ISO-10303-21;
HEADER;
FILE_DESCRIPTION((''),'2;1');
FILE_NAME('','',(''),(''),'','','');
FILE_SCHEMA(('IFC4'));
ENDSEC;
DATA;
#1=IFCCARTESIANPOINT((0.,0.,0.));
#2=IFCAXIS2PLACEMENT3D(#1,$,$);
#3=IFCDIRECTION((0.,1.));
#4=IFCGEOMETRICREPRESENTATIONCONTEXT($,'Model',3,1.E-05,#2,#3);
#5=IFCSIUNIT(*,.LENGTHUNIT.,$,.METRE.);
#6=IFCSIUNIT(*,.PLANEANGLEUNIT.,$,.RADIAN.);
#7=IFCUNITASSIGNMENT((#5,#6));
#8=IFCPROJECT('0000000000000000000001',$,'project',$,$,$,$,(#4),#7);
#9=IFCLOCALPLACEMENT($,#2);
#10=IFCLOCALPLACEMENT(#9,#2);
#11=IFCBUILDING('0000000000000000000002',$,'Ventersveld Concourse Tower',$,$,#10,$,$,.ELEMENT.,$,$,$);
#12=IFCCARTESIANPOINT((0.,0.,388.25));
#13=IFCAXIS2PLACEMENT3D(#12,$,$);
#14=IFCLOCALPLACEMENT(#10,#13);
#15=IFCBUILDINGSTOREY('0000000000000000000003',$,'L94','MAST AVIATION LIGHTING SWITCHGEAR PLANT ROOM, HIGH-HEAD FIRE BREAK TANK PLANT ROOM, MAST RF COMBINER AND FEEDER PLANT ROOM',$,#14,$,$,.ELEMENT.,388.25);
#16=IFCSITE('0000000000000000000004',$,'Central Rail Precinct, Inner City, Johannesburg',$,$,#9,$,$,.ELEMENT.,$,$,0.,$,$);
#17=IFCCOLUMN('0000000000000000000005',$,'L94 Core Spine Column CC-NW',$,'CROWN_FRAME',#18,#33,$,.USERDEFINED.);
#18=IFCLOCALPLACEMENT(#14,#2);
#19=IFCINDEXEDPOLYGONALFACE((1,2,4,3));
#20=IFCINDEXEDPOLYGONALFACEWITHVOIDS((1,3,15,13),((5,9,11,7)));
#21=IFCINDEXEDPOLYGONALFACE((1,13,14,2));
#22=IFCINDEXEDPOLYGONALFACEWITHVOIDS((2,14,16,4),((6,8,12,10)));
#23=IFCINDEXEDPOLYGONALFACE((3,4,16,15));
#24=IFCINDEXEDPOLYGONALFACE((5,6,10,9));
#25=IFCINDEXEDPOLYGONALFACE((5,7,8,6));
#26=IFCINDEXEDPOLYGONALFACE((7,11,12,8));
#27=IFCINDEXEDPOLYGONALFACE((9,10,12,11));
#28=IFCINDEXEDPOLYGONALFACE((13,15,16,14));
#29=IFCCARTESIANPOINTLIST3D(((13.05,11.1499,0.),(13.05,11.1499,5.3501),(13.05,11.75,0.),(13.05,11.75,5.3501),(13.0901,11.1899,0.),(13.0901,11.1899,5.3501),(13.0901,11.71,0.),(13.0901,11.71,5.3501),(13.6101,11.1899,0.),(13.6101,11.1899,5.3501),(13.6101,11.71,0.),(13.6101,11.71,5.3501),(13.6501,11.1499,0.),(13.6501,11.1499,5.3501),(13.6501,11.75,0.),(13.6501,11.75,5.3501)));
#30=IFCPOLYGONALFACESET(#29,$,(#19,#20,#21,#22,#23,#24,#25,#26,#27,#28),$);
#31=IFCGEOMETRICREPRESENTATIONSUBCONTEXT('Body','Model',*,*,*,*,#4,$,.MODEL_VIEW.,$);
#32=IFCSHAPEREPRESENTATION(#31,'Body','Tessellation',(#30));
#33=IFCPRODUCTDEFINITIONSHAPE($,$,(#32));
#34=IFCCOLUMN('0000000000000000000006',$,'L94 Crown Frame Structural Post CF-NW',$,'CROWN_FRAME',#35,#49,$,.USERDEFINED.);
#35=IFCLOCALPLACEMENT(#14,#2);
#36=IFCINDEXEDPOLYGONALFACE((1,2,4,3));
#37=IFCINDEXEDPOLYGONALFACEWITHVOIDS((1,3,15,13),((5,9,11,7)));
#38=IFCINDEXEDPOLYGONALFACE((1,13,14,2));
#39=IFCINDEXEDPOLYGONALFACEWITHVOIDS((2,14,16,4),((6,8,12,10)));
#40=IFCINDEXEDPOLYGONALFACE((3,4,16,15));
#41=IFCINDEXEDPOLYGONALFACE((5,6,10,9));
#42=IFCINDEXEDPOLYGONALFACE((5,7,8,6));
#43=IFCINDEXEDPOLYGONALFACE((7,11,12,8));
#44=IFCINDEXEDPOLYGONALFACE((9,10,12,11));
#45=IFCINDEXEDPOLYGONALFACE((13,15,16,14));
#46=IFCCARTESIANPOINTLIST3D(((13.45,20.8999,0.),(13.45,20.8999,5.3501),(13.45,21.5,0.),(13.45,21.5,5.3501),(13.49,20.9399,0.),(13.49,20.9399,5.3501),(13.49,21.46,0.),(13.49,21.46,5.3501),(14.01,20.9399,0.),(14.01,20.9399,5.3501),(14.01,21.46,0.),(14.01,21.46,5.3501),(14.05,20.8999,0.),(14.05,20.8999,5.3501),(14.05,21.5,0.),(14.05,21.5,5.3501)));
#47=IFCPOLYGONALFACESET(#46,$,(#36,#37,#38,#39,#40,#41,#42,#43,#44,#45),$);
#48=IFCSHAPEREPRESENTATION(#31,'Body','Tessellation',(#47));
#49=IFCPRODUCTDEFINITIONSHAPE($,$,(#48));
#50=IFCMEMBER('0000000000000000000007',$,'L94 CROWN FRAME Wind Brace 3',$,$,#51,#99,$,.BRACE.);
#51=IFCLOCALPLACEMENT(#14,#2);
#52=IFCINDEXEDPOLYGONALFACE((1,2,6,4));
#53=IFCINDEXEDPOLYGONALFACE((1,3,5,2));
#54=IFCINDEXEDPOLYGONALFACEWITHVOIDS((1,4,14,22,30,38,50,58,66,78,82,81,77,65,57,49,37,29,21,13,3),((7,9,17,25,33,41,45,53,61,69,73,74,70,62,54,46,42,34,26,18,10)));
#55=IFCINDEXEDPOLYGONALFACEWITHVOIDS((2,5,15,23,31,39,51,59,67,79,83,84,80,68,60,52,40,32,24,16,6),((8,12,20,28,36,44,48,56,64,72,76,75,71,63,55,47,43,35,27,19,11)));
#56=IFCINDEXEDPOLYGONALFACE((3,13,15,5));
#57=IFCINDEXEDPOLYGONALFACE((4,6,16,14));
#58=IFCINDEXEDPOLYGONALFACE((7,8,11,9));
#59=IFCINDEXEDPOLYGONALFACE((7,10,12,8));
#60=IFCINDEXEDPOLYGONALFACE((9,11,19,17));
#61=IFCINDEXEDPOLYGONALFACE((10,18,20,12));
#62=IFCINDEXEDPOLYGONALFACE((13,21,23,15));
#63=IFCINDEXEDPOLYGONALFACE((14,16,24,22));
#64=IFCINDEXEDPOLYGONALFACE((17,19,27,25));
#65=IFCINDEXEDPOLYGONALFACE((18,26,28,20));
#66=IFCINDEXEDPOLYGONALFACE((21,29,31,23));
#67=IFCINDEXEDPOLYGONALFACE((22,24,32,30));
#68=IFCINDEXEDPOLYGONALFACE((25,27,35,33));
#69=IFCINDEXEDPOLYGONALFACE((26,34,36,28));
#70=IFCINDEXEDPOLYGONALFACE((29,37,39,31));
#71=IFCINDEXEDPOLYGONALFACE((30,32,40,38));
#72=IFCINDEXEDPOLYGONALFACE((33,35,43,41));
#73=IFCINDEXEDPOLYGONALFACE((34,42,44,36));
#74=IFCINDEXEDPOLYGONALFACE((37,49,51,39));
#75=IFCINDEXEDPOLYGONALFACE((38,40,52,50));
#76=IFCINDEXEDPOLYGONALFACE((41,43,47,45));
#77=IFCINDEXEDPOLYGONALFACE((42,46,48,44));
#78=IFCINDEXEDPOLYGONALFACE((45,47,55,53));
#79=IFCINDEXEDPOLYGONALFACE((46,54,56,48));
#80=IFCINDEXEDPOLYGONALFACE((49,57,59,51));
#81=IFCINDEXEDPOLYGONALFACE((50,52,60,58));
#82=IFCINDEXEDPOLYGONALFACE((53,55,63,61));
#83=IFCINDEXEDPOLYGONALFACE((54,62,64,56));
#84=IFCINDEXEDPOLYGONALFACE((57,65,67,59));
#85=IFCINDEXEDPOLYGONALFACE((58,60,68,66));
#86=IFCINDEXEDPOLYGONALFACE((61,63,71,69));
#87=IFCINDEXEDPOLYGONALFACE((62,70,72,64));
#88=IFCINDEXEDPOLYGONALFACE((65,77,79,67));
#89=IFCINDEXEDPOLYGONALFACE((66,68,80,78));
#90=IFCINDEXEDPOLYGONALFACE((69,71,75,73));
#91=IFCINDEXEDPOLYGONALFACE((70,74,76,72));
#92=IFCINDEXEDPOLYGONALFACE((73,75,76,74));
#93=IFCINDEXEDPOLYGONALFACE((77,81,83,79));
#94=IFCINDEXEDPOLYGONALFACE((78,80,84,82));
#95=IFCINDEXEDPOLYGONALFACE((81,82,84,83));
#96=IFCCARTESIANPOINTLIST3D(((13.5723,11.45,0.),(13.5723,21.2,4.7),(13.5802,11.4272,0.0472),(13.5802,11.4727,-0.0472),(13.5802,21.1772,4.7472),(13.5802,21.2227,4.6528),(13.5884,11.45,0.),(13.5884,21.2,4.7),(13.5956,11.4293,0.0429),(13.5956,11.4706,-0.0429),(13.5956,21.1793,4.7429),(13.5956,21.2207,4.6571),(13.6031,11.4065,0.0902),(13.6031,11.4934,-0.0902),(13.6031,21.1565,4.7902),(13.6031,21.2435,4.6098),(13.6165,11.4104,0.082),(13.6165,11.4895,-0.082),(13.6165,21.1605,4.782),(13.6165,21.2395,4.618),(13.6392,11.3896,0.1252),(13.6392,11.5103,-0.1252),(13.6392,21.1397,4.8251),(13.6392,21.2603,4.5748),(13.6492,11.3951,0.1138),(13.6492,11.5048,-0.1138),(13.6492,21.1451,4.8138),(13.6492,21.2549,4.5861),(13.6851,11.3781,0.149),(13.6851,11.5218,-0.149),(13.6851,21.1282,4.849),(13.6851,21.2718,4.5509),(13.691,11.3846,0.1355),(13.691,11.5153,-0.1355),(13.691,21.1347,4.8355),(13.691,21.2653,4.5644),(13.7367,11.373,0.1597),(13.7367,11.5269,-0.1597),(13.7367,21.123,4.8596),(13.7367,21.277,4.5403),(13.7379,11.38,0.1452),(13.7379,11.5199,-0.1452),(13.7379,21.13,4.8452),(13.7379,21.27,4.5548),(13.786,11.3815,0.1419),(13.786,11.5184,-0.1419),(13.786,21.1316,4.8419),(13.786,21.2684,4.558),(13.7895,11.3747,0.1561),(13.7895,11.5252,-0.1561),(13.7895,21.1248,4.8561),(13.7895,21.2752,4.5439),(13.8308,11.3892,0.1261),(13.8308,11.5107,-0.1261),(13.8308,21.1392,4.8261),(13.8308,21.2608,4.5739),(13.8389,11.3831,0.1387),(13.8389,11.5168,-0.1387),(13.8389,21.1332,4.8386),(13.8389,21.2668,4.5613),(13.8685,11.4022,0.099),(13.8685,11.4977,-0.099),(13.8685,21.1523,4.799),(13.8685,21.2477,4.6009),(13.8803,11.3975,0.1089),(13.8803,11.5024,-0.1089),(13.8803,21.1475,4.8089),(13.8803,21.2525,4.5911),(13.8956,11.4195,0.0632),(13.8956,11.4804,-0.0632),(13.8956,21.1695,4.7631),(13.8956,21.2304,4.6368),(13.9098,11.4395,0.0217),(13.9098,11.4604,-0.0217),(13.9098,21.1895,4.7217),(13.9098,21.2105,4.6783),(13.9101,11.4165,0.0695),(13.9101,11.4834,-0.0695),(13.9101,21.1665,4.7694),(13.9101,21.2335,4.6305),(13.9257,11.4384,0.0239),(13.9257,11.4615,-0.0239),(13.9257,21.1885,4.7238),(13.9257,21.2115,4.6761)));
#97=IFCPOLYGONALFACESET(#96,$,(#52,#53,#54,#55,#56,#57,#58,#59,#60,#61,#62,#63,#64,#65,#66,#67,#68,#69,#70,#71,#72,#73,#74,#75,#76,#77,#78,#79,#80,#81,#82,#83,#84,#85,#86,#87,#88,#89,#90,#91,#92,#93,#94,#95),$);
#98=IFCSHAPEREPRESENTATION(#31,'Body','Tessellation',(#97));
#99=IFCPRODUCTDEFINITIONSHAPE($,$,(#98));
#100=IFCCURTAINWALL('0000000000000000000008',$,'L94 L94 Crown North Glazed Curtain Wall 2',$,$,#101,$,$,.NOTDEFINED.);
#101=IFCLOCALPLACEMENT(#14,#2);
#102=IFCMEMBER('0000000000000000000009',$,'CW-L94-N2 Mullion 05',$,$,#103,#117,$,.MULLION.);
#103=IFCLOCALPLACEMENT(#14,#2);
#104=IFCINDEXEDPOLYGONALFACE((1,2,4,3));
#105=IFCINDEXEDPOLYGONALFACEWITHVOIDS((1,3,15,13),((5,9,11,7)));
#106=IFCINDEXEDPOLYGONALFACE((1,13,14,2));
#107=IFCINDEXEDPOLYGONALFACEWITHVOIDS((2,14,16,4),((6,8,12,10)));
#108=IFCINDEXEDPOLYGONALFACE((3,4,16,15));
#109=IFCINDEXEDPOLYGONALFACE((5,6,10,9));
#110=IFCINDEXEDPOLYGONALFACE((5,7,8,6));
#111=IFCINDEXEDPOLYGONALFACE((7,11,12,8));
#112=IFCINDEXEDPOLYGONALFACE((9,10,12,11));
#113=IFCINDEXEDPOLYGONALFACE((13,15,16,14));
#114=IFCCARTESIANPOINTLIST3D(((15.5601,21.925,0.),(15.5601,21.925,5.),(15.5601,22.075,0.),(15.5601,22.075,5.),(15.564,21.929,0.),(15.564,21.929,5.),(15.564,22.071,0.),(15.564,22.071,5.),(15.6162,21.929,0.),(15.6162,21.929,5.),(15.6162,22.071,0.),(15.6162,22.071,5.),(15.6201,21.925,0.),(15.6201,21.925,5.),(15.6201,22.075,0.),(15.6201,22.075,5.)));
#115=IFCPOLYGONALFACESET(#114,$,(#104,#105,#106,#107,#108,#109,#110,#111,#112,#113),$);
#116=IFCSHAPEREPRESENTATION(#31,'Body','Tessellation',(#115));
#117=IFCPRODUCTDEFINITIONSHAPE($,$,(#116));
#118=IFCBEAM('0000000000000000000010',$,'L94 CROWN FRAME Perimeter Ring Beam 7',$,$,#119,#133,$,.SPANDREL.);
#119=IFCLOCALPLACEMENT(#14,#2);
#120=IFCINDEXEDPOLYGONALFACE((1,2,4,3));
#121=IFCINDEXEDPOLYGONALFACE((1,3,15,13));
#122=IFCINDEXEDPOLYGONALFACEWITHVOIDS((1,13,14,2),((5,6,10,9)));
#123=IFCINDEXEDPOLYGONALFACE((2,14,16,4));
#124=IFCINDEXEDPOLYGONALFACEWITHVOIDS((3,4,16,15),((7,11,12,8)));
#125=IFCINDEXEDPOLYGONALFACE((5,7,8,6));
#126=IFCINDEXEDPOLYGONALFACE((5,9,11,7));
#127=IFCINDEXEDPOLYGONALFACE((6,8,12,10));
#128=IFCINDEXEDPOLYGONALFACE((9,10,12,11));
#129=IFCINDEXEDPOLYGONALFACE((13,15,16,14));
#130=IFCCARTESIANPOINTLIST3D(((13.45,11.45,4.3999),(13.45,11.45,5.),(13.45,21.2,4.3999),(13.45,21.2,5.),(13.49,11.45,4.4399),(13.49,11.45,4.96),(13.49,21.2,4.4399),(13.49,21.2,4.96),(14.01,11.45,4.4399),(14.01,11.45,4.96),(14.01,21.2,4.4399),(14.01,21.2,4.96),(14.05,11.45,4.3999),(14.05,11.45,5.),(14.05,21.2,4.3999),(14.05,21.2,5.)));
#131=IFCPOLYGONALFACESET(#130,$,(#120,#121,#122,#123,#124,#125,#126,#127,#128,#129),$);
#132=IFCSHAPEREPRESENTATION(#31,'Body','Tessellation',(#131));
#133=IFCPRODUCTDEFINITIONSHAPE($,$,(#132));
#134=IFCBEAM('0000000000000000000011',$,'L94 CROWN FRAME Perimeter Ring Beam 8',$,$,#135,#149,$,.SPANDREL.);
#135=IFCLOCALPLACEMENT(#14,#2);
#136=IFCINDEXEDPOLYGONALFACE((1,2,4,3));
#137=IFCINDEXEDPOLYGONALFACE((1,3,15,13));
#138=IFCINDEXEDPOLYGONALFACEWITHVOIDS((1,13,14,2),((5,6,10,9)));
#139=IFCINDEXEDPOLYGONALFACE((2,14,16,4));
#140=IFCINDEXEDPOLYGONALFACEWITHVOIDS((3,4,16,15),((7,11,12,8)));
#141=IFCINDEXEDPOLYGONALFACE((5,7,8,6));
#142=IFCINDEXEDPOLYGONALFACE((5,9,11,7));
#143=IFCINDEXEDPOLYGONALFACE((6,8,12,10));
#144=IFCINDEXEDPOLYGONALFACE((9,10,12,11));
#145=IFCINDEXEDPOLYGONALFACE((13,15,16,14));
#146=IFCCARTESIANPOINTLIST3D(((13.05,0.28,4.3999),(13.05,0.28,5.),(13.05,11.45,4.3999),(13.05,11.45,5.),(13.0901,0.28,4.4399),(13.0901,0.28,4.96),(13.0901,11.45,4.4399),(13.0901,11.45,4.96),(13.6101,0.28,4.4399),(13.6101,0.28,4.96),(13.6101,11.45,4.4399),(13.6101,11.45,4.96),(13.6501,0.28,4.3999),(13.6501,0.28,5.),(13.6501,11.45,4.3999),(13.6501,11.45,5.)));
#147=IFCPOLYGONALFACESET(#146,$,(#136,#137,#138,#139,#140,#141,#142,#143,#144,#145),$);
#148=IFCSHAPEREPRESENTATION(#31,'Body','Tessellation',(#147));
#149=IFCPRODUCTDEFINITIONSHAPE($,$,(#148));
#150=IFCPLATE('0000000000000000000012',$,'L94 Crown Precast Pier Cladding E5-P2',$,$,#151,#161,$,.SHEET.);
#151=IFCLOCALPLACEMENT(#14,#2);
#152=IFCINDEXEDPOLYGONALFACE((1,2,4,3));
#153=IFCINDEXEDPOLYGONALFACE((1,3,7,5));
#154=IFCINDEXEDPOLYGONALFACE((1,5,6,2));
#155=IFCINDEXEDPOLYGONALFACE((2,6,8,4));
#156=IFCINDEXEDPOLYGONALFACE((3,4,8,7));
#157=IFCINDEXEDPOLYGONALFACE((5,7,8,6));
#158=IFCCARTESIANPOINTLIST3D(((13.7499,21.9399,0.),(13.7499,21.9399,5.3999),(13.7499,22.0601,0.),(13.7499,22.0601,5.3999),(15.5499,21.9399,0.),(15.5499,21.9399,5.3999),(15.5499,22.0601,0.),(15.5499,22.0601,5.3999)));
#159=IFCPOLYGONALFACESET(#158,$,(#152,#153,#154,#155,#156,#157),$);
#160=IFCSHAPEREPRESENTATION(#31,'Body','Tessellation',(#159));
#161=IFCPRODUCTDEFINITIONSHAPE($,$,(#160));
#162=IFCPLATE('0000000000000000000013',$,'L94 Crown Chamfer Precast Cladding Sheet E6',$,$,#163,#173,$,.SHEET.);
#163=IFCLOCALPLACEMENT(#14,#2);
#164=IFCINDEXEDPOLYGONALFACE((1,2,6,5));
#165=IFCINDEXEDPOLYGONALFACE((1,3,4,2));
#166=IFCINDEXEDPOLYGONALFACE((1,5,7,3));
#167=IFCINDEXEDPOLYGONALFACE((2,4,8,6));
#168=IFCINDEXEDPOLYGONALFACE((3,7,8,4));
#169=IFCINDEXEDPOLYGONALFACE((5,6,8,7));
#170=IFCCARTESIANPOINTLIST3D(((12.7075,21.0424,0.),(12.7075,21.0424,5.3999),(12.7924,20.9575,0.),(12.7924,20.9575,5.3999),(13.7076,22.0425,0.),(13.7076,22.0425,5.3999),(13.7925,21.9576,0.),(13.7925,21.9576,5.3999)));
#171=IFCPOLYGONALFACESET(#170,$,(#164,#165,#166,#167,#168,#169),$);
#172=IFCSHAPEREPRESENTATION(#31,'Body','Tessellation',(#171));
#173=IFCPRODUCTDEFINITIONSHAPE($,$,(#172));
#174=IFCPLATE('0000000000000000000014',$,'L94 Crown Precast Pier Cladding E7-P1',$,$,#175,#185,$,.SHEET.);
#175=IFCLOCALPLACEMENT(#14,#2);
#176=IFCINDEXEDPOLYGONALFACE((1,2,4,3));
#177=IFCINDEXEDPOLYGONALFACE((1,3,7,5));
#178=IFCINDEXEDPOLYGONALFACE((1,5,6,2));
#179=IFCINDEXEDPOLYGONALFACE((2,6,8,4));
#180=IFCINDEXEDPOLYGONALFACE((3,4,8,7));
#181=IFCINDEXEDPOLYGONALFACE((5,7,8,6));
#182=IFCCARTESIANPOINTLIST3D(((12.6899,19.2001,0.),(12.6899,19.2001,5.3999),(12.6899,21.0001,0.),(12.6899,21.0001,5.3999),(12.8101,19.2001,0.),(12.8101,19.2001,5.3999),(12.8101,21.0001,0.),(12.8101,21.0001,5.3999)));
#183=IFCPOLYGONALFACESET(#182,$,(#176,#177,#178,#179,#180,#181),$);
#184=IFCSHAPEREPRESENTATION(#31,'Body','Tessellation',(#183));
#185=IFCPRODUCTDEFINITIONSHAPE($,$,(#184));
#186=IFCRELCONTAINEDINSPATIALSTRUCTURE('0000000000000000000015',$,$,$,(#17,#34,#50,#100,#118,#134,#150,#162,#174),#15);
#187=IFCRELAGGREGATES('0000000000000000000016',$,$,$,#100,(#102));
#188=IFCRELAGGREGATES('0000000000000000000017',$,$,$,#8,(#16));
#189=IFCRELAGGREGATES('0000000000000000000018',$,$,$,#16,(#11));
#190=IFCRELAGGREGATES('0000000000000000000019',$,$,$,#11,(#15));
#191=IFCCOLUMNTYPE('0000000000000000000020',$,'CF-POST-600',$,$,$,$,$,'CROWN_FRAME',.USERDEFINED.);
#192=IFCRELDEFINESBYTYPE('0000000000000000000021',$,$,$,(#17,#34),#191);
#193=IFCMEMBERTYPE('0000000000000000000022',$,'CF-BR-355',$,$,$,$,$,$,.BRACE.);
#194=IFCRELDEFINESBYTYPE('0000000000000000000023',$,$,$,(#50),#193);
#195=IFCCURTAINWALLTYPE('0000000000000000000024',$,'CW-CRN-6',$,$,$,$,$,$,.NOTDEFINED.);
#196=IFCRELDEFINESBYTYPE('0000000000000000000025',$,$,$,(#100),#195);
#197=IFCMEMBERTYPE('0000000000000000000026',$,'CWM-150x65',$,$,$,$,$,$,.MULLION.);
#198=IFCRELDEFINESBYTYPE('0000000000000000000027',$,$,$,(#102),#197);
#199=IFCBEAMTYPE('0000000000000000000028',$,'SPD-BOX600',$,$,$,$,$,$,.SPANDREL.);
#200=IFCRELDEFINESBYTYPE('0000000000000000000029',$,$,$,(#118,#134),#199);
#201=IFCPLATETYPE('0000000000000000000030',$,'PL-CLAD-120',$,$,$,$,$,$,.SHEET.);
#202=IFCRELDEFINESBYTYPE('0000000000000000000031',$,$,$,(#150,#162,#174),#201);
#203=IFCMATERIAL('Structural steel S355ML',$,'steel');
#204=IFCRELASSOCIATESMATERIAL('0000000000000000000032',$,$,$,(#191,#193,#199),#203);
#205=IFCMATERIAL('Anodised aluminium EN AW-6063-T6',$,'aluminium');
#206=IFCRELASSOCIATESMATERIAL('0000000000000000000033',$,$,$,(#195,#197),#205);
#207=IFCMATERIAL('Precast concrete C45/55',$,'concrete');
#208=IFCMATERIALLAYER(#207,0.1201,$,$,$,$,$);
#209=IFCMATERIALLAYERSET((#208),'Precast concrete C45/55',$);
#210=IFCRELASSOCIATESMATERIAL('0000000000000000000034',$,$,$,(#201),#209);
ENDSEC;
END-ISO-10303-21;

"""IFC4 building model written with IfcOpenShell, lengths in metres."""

from ifc_helpers import new_model, si_unit, direction, frame, origin, origin_2d, place, context, subcontext, project, spatial, rectangle, hollow_rectangle, hollow_circle, extrude, material, layer, layer_set, material_profile, profile_set, type_object, element, aggregate, save


model = new_model("IFC4")

# Units and contexts
model_context = context("Model", 3, precision=1e-05, world=origin(), true_north=direction((0.0, 1.0)))
body_context = subcontext(model_context, "Body", "Model", "MODEL_VIEW")
ifc_project = project(units=[si_unit("LENGTHUNIT", "METRE"), si_unit("PLANEANGLEUNIT", "RADIAN")], contexts=[model_context])

# Site, building, storey
site_placement = place(None, origin())
site = spatial("IfcSite", under=ifc_project, at=site_placement, Name="Central Rail Precinct, Inner City, Johannesburg", CompositionType="ELEMENT", RefElevation=0.0)
building_placement = place(site_placement, origin())
building = spatial("IfcBuilding", under=site, at=building_placement, Name="Ventersveld Concourse Tower", CompositionType="ELEMENT")
storey_placement = place(building_placement, frame((0.0, 0.0, 388.25)))
storey = spatial("IfcBuildingStorey", under=building, at=storey_placement, Name="L94", Description="MAST AVIATION LIGHTING SWITCHGEAR PLANT ROOM, HIGH-HEAD FIRE BREAK TANK PLANT ROOM, MAST RF COMBINER AND FEEDER PLANT ROOM", CompositionType="ELEMENT", Elevation=388.25)

# Columns
ifc_material_1 = material(Name="Structural steel S355ML", Category="steel")
ifc_material_profile_1 = material_profile(ifc_material_1, hollow_rectangle(XDim=0.6001, YDim=0.6001, WallThickness=0.04, at=origin_2d()), Name="BOX 600x600x40")
ifc_profile_set_1 = profile_set([ifc_material_profile_1], Name="Structural steel S355ML")
column_type = type_object("IfcColumnType", Name="CF-POST-600", ElementType="CROWN_FRAME", PredefinedType="USERDEFINED", material=ifc_profile_set_1)
for number, where, z_axis, x_axis, name in (
    (1, (13.3501, 11.45, 0.0), (0.0, 0.0, 1.0), (1.0, 0.0, 0.0), "L94 Core Spine Column CC-NW"),
    (2, (13.75, 21.2, 0.0), (0.0, 0.0, 1.0), (1.0, 0.0, 0.0), "L94 Crown Frame Structural Post CF-NW"),
):
    element("IfcColumn", number, at=place(storey_placement, frame(where, z_axis=z_axis, x_axis=x_axis)), inside=storey, type_object=column_type, Name=name, ObjectType="CROWN_FRAME", PredefinedType="USERDEFINED", context=body_context, shape_type="SweptSolid", body=[
        extrude(hollow_rectangle(XDim=0.6001, YDim=0.6001, WallThickness=0.04, at=origin_2d()), origin(), (0.0, 0.0, 1.0), 5.3501),
    ])

# Member
ifc_material_profile_2 = material_profile(ifc_material_1, hollow_circle(Radius=0.1777, WallThickness=0.0161, at=origin_2d()), Name="CHS 355.6x16")
ifc_profile_set_2 = profile_set([ifc_material_profile_2], Name="Structural steel S355ML")
member_type_1 = type_object("IfcMemberType", Name="CF-BR-355", PredefinedType="BRACE", material=ifc_profile_set_2)
member_1_placement = place(storey_placement, frame((13.75, 11.45, 0.0), z_axis=(0.0, 0.900803, 0.434229), x_axis=(-1.0, 0.0, 0.0)))
element("IfcMember", 3, at=member_1_placement, inside=storey, type_object=member_type_1, Name="L94 CROWN FRAME Wind Brace 3", PredefinedType="BRACE", context=body_context, shape_type="SweptSolid", body=[
    extrude(hollow_circle(Radius=0.1777, WallThickness=0.0161, at=origin_2d()), origin(), (0.0, 0.0, 1.0), 10.8237),
])

# Curtain wall, member
ifc_material_2 = material(Name="Anodised aluminium EN AW-6063-T6", Category="aluminium")
curtain_wall_type = type_object("IfcCurtainWallType", Name="CW-CRN-6", PredefinedType="NOTDEFINED", material=ifc_material_2)
curtain_wall_placement = place(storey_placement, origin())
curtain_wall = element("IfcCurtainWall", 4, at=curtain_wall_placement, inside=storey, type_object=curtain_wall_type, Name="L94 L94 Crown North Glazed Curtain Wall 2", PredefinedType="NOTDEFINED")
ifc_material_profile_3 = material_profile(ifc_material_2, hollow_rectangle(XDim=0.0601, YDim=0.1499, WallThickness=0.0039, at=origin_2d()), Name="ALU 150x60x4")
ifc_profile_set_3 = profile_set([ifc_material_profile_3], Name="Anodised aluminium EN AW-6063-T6")
member_type_2 = type_object("IfcMemberType", Name="CWM-150x65", PredefinedType="MULLION", material=ifc_profile_set_3)
member_2_placement = place(storey_placement, frame((15.5901, 22.0, 0.0), z_axis=(0.0, 0.0, 1.0), x_axis=(1.0, 0.0, 0.0)))
member_2 = element("IfcMember", 5, at=member_2_placement, type_object=member_type_2, Name="CW-L94-N2 Mullion 05", PredefinedType="MULLION", context=body_context, shape_type="SweptSolid", body=[
    extrude(hollow_rectangle(XDim=0.0601, YDim=0.1499, WallThickness=0.0039, at=origin_2d()), origin(), (0.0, 0.0, 1.0), 5.0),
])
aggregate(curtain_wall, [member_2])

# Beams
ifc_material_profile_4 = material_profile(ifc_material_1, hollow_rectangle(XDim=0.6001, YDim=0.6001, WallThickness=0.04, at=origin_2d()), Name="BOX 600x600x40")
ifc_profile_set_4 = profile_set([ifc_material_profile_4], Name="Structural steel S355ML")
beam_type = type_object("IfcBeamType", Name="SPD-BOX600", PredefinedType="SPANDREL", material=ifc_profile_set_4)
beam_1_placement = place(storey_placement, frame((13.75, 21.2, 4.7), z_axis=(0.0, -1.0, 0.0), x_axis=(1.0, 0.0, 0.0)))
element("IfcBeam", 6, at=beam_1_placement, inside=storey, type_object=beam_type, Name="L94 CROWN FRAME Perimeter Ring Beam 7", PredefinedType="SPANDREL", context=body_context, shape_type="SweptSolid", body=[
    extrude(hollow_rectangle(XDim=0.6001, YDim=0.6001, WallThickness=0.04, at=origin_2d()), origin(), (0.0, 0.0, 1.0), 9.75),
])
beam_2_placement = place(storey_placement, frame((13.3501, 11.45, 4.7), z_axis=(0.0, -1.0, 0.0), x_axis=(1.0, 0.0, 0.0)))
element("IfcBeam", 7, at=beam_2_placement, inside=storey, type_object=beam_type, Name="L94 CROWN FRAME Perimeter Ring Beam 8", PredefinedType="SPANDREL", context=body_context, shape_type="SweptSolid", body=[
    extrude(hollow_rectangle(XDim=0.6001, YDim=0.6001, WallThickness=0.04, at=origin_2d()), origin(), (0.0, 0.0, 1.0), 11.1699),
])

# Plates
ifc_material_3 = material(Name="Precast concrete C45/55", Category="concrete")
ifc_layer_1 = layer(ifc_material_3, 0.1201)
ifc_layer_set_1 = layer_set([ifc_layer_1], Name="Precast concrete C45/55")
plate_type_1 = type_object("IfcPlateType", Name="PL-CLAD-120", PredefinedType="SHEET", material=ifc_layer_set_1)
plate_1_placement = place(storey_placement, frame((14.6499, 22.0, 0.0), z_axis=(0.0, 0.0, 1.0), x_axis=(-1.0, 0.0, 0.0)))
element("IfcPlate", 8, at=plate_1_placement, inside=storey, type_object=plate_type_1, Name="L94 Crown Precast Pier Cladding E5-P2", PredefinedType="SHEET", context=body_context, shape_type="SweptSolid", body=[
    extrude(rectangle(XDim=1.8, YDim=0.1201, at=origin_2d()), origin(), (0.0, 0.0, 1.0), 5.3999),
])
plate_2_placement = place(storey_placement, frame((13.25, 21.5, 0.0), z_axis=(0.0, 0.0, 1.0), x_axis=(-0.707107, -0.707107, 0.0)))
element("IfcPlate", 9, at=plate_2_placement, inside=storey, type_object=plate_type_1, Name="L94 Crown Chamfer Precast Cladding Sheet E6", PredefinedType="SHEET", context=body_context, shape_type="SweptSolid", body=[
    extrude(rectangle(XDim=1.4143, YDim=0.1201, at=origin_2d()), origin(), (0.0, 0.0, 1.0), 5.3999),
])
plate_3_placement = place(storey_placement, frame((12.75, 20.1001, 0.0), z_axis=(0.0, 0.0, 1.0), x_axis=(0.0, -1.0, 0.0)))
element("IfcPlate", 10, at=plate_3_placement, inside=storey, type_object=plate_type_1, Name="L94 Crown Precast Pier Cladding E7-P1", PredefinedType="SHEET", context=body_context, shape_type="SweptSolid", body=[
    extrude(rectangle(XDim=1.8, YDim=0.1201, at=origin_2d()), origin(), (0.0, 0.0, 1.0), 5.3999),
])

save(model, "model.ifc")
